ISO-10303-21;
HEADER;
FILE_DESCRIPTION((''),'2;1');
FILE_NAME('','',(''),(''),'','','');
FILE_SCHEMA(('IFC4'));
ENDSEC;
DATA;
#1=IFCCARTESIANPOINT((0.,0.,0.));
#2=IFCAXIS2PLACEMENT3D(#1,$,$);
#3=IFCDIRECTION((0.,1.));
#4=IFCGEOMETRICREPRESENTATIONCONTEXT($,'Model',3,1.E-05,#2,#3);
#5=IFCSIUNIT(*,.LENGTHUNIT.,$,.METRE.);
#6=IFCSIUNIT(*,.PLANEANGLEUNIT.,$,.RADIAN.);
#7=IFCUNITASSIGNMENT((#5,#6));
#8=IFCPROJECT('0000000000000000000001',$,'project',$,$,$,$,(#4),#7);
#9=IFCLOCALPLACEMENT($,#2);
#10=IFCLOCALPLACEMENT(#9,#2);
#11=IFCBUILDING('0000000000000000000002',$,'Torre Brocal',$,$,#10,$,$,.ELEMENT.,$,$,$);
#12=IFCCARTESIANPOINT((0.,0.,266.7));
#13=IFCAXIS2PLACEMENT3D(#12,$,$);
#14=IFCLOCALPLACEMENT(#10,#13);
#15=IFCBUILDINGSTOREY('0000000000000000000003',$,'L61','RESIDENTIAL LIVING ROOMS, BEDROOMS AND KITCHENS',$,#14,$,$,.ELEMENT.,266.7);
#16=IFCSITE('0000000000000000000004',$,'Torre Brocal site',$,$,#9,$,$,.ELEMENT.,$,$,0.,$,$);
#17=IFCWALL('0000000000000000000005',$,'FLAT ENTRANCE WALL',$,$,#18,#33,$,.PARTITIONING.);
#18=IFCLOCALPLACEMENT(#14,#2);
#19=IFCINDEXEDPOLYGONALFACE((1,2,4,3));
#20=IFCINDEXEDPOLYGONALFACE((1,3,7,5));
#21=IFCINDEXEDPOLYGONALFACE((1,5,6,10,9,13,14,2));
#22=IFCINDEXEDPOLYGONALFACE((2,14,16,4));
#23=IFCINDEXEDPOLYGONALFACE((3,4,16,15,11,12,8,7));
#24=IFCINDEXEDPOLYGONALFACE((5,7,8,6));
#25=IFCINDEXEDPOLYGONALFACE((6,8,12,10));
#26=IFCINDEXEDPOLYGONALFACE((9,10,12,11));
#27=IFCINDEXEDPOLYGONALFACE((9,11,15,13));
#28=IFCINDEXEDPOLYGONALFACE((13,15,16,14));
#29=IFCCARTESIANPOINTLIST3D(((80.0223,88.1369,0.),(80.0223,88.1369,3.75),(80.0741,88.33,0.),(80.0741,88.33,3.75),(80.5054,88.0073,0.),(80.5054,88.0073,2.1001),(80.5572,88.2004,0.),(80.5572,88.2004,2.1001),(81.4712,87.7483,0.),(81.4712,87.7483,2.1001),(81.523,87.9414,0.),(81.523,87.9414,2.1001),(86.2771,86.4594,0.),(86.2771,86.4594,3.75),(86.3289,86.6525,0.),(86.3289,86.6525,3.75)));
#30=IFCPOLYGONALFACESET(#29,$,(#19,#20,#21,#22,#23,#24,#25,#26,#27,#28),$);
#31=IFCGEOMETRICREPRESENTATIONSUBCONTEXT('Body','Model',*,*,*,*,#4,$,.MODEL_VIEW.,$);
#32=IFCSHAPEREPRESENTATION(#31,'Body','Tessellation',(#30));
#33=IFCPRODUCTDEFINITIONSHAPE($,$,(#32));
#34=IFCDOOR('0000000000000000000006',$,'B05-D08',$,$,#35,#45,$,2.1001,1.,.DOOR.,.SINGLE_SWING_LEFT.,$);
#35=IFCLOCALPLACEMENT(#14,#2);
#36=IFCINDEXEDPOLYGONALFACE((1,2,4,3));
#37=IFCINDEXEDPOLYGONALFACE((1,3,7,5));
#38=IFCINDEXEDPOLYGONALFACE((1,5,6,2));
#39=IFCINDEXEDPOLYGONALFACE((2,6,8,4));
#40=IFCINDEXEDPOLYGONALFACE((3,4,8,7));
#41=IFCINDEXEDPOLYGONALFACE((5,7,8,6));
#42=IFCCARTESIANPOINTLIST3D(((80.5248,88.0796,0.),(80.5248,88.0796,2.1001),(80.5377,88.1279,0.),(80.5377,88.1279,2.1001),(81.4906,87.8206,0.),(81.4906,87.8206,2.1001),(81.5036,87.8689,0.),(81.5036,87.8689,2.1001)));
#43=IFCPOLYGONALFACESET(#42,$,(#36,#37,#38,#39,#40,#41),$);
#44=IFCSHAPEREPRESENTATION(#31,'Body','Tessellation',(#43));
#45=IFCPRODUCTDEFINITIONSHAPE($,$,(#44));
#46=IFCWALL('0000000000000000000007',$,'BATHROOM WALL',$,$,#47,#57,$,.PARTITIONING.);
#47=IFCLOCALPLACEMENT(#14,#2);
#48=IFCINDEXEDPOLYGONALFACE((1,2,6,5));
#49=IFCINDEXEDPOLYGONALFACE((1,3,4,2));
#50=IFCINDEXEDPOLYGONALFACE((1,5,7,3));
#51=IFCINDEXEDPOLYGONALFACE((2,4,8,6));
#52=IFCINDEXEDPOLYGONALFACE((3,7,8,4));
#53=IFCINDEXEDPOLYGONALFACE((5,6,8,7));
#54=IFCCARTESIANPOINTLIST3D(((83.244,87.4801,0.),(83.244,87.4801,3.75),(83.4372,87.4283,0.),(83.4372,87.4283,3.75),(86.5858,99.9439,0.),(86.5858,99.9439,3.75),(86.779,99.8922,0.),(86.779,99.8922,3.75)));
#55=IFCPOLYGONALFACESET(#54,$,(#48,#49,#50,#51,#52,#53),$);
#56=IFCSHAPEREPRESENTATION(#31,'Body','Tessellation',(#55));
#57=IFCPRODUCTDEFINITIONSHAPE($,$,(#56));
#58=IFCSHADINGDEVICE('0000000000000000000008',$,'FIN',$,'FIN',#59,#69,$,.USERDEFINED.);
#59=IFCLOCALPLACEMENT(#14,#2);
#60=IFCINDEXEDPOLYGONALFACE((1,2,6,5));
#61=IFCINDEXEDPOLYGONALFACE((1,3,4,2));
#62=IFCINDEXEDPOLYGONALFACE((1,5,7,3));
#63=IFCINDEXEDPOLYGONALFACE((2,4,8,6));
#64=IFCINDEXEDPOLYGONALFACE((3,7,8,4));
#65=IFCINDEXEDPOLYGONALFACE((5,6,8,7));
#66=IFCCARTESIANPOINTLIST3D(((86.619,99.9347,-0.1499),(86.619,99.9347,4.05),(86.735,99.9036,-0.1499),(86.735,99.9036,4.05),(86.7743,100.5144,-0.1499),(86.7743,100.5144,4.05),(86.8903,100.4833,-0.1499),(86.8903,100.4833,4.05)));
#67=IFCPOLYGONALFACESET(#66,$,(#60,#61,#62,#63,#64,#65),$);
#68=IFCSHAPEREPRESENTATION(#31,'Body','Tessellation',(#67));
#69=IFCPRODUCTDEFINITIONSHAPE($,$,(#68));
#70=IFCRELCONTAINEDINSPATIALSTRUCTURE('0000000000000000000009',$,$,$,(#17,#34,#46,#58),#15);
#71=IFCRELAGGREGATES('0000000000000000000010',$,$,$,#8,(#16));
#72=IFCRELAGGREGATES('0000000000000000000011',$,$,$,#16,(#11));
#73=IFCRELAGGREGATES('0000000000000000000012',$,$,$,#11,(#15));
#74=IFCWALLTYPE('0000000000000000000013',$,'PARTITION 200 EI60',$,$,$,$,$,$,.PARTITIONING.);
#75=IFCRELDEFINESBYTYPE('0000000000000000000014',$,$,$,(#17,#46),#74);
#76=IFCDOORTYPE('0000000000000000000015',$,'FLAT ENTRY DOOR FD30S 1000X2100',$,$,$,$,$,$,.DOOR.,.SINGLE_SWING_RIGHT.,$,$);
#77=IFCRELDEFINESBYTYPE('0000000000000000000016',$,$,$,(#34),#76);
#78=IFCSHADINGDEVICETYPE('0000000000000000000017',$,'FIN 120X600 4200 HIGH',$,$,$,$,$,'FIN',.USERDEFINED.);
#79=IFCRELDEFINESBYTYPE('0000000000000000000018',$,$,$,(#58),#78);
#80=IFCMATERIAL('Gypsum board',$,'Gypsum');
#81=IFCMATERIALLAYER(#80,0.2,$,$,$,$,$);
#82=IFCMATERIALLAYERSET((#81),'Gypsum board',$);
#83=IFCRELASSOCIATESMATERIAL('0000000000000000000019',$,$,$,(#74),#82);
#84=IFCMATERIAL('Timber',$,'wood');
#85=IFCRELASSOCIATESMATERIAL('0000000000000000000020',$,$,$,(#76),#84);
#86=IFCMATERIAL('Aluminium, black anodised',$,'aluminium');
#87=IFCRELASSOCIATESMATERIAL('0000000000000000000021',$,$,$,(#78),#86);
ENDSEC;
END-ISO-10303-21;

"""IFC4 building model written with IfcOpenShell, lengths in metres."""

from ifc_helpers import new_model, si_unit, direction, frame, frame_2d, origin, origin_2d, place, context, subcontext, project, spatial, rectangle, extrude, material, layer, layer_set, material_profile, profile_set, type_object, element, fill, save


model = new_model("IFC4")

# Units and contexts
model_context = context("Model", 3, precision=1e-05, world=origin(), true_north=direction((0.0, 1.0)))
body_context = subcontext(model_context, "Body", "Model", "MODEL_VIEW")
ifc_project = project(units=[si_unit("LENGTHUNIT", "METRE"), si_unit("PLANEANGLEUNIT", "RADIAN")], contexts=[model_context])

# Site, building, storey
site_placement = place(None, origin())
site = spatial("IfcSite", under=ifc_project, at=site_placement, Name="Torre Brocal site", CompositionType="ELEMENT", RefElevation=0.0)
building_placement = place(site_placement, origin())
building = spatial("IfcBuilding", under=site, at=building_placement, Name="Torre Brocal", CompositionType="ELEMENT")
storey_placement = place(building_placement, frame((0.0, 0.0, 266.7)))
storey = spatial("IfcBuildingStorey", under=building, at=storey_placement, Name="L61", Description="RESIDENTIAL LIVING ROOMS, BEDROOMS AND KITCHENS", CompositionType="ELEMENT", Elevation=266.7)

# Wall, opening, door
ifc_material_1 = material(Name="Gypsum board", Category="Gypsum")
ifc_layer_1 = layer(ifc_material_1, 0.2)
ifc_layer_set_1 = layer_set([ifc_layer_1], Name="Gypsum board")
wall_type_1 = type_object("IfcWallType", Name="PARTITION 200 EI60", PredefinedType="PARTITIONING", material=ifc_layer_set_1)
wall_1_placement = place(storey_placement, frame((80.0483, 88.2334, 0.0), z_axis=(0.0, 0.0, 1.0), x_axis=(0.965868, -0.259035, 0.0)))
wall_1 = element("IfcWall", 1, at=wall_1_placement, inside=storey, type_object=wall_type_1, Name="FLAT ENTRANCE WALL", PredefinedType="PARTITIONING", context=body_context, shape_type="SweptSolid", body=[
    extrude(rectangle(XDim=6.4758, YDim=0.2, at=frame_2d((3.2378, 0.0))), origin(), (0.0, 0.0, 1.0), 3.75),
])
opening_1_placement = place(wall_1_placement, frame((0.5, 0.0, 0.0)))
opening_1 = element("IfcOpeningElement", 2, at=opening_1_placement, cuts=wall_1, PredefinedType="OPENING", context=body_context, shape_type="SweptSolid", body=[
    extrude(rectangle(XDim=1.0, YDim=2.1001, at=frame_2d((0.5, 1.05))), frame((0.0, 0.1099, 0.0), z_axis=(0.0, -1.0, 0.0), x_axis=(1.0, 0.0, 0.0)), (0.0, 0.0, 1.0), 0.22),
])
ifc_material_2 = material(Name="Timber", Category="wood")
door_type_1 = type_object("IfcDoorType", Name="FLAT ENTRY DOOR FD30S 1000X2100", OperationType="SINGLE_SWING_RIGHT", PredefinedType="DOOR", material=ifc_material_2)
door_1_placement = place(opening_1_placement, origin())
door_1 = element("IfcDoor", 3, at=door_1_placement, inside=storey, type_object=door_type_1, Name="B05-D08", OperationType="SINGLE_SWING_LEFT", OverallHeight=2.1001, OverallWidth=1.0, PredefinedType="DOOR", context=body_context, shape_type="SweptSolid", body=[
    extrude(rectangle(XDim=1.0, YDim=2.1001, at=frame_2d((0.5, 1.05))), frame((0.0, 0.0249, 0.0), z_axis=(0.0, -1.0, 0.0), x_axis=(1.0, 0.0, 0.0)), (0.0, 0.0, 1.0), 0.05),
])
fill(opening_1, door_1)

# Wall
wall_2_placement = place(storey_placement, frame((83.3406, 87.4541, 0.0), z_axis=(0.0, 0.0, 1.0), x_axis=(0.258972, 0.965885, 0.0)))
element("IfcWall", 4, at=wall_2_placement, inside=storey, type_object=wall_type_1, Name="BATHROOM WALL", PredefinedType="PARTITIONING", context=body_context, shape_type="SweptSolid", body=[
    extrude(rectangle(XDim=12.9041, YDim=0.2, at=frame_2d((6.4521, 0.0))), origin(), (0.0, 0.0, 1.0), 3.75),
])

# Shading device
ifc_material_3 = material(Name="Aluminium, black anodised", Category="aluminium")
ifc_material_profile_1 = material_profile(ifc_material_3, rectangle(XDim=0.1201, YDim=0.6001, at=origin_2d()), Name="FIN 120X600 4200 HIGH")
ifc_profile_set_1 = profile_set([ifc_material_profile_1], Name="Aluminium, black anodised")
shading_device_type = type_object("IfcShadingDeviceType", Name="FIN 120X600 4200 HIGH", ElementType="FIN", PredefinedType="USERDEFINED", material=ifc_profile_set_1)
shading_device_placement = place(storey_placement, frame((86.7546, 100.209, -0.1499), z_axis=(0.0, 0.0, 1.0), x_axis=(-0.965926, 0.258819, 0.0)))
element("IfcShadingDevice", 5, at=shading_device_placement, inside=storey, type_object=shading_device_type, Name="FIN", ObjectType="FIN", PredefinedType="USERDEFINED", context=body_context, shape_type="SweptSolid", body=[
    extrude(rectangle(XDim=0.1201, YDim=0.6001, at=origin_2d()), origin(), (0.0, 0.0, 1.0), 4.2),
])

save(model, "model.ifc")
